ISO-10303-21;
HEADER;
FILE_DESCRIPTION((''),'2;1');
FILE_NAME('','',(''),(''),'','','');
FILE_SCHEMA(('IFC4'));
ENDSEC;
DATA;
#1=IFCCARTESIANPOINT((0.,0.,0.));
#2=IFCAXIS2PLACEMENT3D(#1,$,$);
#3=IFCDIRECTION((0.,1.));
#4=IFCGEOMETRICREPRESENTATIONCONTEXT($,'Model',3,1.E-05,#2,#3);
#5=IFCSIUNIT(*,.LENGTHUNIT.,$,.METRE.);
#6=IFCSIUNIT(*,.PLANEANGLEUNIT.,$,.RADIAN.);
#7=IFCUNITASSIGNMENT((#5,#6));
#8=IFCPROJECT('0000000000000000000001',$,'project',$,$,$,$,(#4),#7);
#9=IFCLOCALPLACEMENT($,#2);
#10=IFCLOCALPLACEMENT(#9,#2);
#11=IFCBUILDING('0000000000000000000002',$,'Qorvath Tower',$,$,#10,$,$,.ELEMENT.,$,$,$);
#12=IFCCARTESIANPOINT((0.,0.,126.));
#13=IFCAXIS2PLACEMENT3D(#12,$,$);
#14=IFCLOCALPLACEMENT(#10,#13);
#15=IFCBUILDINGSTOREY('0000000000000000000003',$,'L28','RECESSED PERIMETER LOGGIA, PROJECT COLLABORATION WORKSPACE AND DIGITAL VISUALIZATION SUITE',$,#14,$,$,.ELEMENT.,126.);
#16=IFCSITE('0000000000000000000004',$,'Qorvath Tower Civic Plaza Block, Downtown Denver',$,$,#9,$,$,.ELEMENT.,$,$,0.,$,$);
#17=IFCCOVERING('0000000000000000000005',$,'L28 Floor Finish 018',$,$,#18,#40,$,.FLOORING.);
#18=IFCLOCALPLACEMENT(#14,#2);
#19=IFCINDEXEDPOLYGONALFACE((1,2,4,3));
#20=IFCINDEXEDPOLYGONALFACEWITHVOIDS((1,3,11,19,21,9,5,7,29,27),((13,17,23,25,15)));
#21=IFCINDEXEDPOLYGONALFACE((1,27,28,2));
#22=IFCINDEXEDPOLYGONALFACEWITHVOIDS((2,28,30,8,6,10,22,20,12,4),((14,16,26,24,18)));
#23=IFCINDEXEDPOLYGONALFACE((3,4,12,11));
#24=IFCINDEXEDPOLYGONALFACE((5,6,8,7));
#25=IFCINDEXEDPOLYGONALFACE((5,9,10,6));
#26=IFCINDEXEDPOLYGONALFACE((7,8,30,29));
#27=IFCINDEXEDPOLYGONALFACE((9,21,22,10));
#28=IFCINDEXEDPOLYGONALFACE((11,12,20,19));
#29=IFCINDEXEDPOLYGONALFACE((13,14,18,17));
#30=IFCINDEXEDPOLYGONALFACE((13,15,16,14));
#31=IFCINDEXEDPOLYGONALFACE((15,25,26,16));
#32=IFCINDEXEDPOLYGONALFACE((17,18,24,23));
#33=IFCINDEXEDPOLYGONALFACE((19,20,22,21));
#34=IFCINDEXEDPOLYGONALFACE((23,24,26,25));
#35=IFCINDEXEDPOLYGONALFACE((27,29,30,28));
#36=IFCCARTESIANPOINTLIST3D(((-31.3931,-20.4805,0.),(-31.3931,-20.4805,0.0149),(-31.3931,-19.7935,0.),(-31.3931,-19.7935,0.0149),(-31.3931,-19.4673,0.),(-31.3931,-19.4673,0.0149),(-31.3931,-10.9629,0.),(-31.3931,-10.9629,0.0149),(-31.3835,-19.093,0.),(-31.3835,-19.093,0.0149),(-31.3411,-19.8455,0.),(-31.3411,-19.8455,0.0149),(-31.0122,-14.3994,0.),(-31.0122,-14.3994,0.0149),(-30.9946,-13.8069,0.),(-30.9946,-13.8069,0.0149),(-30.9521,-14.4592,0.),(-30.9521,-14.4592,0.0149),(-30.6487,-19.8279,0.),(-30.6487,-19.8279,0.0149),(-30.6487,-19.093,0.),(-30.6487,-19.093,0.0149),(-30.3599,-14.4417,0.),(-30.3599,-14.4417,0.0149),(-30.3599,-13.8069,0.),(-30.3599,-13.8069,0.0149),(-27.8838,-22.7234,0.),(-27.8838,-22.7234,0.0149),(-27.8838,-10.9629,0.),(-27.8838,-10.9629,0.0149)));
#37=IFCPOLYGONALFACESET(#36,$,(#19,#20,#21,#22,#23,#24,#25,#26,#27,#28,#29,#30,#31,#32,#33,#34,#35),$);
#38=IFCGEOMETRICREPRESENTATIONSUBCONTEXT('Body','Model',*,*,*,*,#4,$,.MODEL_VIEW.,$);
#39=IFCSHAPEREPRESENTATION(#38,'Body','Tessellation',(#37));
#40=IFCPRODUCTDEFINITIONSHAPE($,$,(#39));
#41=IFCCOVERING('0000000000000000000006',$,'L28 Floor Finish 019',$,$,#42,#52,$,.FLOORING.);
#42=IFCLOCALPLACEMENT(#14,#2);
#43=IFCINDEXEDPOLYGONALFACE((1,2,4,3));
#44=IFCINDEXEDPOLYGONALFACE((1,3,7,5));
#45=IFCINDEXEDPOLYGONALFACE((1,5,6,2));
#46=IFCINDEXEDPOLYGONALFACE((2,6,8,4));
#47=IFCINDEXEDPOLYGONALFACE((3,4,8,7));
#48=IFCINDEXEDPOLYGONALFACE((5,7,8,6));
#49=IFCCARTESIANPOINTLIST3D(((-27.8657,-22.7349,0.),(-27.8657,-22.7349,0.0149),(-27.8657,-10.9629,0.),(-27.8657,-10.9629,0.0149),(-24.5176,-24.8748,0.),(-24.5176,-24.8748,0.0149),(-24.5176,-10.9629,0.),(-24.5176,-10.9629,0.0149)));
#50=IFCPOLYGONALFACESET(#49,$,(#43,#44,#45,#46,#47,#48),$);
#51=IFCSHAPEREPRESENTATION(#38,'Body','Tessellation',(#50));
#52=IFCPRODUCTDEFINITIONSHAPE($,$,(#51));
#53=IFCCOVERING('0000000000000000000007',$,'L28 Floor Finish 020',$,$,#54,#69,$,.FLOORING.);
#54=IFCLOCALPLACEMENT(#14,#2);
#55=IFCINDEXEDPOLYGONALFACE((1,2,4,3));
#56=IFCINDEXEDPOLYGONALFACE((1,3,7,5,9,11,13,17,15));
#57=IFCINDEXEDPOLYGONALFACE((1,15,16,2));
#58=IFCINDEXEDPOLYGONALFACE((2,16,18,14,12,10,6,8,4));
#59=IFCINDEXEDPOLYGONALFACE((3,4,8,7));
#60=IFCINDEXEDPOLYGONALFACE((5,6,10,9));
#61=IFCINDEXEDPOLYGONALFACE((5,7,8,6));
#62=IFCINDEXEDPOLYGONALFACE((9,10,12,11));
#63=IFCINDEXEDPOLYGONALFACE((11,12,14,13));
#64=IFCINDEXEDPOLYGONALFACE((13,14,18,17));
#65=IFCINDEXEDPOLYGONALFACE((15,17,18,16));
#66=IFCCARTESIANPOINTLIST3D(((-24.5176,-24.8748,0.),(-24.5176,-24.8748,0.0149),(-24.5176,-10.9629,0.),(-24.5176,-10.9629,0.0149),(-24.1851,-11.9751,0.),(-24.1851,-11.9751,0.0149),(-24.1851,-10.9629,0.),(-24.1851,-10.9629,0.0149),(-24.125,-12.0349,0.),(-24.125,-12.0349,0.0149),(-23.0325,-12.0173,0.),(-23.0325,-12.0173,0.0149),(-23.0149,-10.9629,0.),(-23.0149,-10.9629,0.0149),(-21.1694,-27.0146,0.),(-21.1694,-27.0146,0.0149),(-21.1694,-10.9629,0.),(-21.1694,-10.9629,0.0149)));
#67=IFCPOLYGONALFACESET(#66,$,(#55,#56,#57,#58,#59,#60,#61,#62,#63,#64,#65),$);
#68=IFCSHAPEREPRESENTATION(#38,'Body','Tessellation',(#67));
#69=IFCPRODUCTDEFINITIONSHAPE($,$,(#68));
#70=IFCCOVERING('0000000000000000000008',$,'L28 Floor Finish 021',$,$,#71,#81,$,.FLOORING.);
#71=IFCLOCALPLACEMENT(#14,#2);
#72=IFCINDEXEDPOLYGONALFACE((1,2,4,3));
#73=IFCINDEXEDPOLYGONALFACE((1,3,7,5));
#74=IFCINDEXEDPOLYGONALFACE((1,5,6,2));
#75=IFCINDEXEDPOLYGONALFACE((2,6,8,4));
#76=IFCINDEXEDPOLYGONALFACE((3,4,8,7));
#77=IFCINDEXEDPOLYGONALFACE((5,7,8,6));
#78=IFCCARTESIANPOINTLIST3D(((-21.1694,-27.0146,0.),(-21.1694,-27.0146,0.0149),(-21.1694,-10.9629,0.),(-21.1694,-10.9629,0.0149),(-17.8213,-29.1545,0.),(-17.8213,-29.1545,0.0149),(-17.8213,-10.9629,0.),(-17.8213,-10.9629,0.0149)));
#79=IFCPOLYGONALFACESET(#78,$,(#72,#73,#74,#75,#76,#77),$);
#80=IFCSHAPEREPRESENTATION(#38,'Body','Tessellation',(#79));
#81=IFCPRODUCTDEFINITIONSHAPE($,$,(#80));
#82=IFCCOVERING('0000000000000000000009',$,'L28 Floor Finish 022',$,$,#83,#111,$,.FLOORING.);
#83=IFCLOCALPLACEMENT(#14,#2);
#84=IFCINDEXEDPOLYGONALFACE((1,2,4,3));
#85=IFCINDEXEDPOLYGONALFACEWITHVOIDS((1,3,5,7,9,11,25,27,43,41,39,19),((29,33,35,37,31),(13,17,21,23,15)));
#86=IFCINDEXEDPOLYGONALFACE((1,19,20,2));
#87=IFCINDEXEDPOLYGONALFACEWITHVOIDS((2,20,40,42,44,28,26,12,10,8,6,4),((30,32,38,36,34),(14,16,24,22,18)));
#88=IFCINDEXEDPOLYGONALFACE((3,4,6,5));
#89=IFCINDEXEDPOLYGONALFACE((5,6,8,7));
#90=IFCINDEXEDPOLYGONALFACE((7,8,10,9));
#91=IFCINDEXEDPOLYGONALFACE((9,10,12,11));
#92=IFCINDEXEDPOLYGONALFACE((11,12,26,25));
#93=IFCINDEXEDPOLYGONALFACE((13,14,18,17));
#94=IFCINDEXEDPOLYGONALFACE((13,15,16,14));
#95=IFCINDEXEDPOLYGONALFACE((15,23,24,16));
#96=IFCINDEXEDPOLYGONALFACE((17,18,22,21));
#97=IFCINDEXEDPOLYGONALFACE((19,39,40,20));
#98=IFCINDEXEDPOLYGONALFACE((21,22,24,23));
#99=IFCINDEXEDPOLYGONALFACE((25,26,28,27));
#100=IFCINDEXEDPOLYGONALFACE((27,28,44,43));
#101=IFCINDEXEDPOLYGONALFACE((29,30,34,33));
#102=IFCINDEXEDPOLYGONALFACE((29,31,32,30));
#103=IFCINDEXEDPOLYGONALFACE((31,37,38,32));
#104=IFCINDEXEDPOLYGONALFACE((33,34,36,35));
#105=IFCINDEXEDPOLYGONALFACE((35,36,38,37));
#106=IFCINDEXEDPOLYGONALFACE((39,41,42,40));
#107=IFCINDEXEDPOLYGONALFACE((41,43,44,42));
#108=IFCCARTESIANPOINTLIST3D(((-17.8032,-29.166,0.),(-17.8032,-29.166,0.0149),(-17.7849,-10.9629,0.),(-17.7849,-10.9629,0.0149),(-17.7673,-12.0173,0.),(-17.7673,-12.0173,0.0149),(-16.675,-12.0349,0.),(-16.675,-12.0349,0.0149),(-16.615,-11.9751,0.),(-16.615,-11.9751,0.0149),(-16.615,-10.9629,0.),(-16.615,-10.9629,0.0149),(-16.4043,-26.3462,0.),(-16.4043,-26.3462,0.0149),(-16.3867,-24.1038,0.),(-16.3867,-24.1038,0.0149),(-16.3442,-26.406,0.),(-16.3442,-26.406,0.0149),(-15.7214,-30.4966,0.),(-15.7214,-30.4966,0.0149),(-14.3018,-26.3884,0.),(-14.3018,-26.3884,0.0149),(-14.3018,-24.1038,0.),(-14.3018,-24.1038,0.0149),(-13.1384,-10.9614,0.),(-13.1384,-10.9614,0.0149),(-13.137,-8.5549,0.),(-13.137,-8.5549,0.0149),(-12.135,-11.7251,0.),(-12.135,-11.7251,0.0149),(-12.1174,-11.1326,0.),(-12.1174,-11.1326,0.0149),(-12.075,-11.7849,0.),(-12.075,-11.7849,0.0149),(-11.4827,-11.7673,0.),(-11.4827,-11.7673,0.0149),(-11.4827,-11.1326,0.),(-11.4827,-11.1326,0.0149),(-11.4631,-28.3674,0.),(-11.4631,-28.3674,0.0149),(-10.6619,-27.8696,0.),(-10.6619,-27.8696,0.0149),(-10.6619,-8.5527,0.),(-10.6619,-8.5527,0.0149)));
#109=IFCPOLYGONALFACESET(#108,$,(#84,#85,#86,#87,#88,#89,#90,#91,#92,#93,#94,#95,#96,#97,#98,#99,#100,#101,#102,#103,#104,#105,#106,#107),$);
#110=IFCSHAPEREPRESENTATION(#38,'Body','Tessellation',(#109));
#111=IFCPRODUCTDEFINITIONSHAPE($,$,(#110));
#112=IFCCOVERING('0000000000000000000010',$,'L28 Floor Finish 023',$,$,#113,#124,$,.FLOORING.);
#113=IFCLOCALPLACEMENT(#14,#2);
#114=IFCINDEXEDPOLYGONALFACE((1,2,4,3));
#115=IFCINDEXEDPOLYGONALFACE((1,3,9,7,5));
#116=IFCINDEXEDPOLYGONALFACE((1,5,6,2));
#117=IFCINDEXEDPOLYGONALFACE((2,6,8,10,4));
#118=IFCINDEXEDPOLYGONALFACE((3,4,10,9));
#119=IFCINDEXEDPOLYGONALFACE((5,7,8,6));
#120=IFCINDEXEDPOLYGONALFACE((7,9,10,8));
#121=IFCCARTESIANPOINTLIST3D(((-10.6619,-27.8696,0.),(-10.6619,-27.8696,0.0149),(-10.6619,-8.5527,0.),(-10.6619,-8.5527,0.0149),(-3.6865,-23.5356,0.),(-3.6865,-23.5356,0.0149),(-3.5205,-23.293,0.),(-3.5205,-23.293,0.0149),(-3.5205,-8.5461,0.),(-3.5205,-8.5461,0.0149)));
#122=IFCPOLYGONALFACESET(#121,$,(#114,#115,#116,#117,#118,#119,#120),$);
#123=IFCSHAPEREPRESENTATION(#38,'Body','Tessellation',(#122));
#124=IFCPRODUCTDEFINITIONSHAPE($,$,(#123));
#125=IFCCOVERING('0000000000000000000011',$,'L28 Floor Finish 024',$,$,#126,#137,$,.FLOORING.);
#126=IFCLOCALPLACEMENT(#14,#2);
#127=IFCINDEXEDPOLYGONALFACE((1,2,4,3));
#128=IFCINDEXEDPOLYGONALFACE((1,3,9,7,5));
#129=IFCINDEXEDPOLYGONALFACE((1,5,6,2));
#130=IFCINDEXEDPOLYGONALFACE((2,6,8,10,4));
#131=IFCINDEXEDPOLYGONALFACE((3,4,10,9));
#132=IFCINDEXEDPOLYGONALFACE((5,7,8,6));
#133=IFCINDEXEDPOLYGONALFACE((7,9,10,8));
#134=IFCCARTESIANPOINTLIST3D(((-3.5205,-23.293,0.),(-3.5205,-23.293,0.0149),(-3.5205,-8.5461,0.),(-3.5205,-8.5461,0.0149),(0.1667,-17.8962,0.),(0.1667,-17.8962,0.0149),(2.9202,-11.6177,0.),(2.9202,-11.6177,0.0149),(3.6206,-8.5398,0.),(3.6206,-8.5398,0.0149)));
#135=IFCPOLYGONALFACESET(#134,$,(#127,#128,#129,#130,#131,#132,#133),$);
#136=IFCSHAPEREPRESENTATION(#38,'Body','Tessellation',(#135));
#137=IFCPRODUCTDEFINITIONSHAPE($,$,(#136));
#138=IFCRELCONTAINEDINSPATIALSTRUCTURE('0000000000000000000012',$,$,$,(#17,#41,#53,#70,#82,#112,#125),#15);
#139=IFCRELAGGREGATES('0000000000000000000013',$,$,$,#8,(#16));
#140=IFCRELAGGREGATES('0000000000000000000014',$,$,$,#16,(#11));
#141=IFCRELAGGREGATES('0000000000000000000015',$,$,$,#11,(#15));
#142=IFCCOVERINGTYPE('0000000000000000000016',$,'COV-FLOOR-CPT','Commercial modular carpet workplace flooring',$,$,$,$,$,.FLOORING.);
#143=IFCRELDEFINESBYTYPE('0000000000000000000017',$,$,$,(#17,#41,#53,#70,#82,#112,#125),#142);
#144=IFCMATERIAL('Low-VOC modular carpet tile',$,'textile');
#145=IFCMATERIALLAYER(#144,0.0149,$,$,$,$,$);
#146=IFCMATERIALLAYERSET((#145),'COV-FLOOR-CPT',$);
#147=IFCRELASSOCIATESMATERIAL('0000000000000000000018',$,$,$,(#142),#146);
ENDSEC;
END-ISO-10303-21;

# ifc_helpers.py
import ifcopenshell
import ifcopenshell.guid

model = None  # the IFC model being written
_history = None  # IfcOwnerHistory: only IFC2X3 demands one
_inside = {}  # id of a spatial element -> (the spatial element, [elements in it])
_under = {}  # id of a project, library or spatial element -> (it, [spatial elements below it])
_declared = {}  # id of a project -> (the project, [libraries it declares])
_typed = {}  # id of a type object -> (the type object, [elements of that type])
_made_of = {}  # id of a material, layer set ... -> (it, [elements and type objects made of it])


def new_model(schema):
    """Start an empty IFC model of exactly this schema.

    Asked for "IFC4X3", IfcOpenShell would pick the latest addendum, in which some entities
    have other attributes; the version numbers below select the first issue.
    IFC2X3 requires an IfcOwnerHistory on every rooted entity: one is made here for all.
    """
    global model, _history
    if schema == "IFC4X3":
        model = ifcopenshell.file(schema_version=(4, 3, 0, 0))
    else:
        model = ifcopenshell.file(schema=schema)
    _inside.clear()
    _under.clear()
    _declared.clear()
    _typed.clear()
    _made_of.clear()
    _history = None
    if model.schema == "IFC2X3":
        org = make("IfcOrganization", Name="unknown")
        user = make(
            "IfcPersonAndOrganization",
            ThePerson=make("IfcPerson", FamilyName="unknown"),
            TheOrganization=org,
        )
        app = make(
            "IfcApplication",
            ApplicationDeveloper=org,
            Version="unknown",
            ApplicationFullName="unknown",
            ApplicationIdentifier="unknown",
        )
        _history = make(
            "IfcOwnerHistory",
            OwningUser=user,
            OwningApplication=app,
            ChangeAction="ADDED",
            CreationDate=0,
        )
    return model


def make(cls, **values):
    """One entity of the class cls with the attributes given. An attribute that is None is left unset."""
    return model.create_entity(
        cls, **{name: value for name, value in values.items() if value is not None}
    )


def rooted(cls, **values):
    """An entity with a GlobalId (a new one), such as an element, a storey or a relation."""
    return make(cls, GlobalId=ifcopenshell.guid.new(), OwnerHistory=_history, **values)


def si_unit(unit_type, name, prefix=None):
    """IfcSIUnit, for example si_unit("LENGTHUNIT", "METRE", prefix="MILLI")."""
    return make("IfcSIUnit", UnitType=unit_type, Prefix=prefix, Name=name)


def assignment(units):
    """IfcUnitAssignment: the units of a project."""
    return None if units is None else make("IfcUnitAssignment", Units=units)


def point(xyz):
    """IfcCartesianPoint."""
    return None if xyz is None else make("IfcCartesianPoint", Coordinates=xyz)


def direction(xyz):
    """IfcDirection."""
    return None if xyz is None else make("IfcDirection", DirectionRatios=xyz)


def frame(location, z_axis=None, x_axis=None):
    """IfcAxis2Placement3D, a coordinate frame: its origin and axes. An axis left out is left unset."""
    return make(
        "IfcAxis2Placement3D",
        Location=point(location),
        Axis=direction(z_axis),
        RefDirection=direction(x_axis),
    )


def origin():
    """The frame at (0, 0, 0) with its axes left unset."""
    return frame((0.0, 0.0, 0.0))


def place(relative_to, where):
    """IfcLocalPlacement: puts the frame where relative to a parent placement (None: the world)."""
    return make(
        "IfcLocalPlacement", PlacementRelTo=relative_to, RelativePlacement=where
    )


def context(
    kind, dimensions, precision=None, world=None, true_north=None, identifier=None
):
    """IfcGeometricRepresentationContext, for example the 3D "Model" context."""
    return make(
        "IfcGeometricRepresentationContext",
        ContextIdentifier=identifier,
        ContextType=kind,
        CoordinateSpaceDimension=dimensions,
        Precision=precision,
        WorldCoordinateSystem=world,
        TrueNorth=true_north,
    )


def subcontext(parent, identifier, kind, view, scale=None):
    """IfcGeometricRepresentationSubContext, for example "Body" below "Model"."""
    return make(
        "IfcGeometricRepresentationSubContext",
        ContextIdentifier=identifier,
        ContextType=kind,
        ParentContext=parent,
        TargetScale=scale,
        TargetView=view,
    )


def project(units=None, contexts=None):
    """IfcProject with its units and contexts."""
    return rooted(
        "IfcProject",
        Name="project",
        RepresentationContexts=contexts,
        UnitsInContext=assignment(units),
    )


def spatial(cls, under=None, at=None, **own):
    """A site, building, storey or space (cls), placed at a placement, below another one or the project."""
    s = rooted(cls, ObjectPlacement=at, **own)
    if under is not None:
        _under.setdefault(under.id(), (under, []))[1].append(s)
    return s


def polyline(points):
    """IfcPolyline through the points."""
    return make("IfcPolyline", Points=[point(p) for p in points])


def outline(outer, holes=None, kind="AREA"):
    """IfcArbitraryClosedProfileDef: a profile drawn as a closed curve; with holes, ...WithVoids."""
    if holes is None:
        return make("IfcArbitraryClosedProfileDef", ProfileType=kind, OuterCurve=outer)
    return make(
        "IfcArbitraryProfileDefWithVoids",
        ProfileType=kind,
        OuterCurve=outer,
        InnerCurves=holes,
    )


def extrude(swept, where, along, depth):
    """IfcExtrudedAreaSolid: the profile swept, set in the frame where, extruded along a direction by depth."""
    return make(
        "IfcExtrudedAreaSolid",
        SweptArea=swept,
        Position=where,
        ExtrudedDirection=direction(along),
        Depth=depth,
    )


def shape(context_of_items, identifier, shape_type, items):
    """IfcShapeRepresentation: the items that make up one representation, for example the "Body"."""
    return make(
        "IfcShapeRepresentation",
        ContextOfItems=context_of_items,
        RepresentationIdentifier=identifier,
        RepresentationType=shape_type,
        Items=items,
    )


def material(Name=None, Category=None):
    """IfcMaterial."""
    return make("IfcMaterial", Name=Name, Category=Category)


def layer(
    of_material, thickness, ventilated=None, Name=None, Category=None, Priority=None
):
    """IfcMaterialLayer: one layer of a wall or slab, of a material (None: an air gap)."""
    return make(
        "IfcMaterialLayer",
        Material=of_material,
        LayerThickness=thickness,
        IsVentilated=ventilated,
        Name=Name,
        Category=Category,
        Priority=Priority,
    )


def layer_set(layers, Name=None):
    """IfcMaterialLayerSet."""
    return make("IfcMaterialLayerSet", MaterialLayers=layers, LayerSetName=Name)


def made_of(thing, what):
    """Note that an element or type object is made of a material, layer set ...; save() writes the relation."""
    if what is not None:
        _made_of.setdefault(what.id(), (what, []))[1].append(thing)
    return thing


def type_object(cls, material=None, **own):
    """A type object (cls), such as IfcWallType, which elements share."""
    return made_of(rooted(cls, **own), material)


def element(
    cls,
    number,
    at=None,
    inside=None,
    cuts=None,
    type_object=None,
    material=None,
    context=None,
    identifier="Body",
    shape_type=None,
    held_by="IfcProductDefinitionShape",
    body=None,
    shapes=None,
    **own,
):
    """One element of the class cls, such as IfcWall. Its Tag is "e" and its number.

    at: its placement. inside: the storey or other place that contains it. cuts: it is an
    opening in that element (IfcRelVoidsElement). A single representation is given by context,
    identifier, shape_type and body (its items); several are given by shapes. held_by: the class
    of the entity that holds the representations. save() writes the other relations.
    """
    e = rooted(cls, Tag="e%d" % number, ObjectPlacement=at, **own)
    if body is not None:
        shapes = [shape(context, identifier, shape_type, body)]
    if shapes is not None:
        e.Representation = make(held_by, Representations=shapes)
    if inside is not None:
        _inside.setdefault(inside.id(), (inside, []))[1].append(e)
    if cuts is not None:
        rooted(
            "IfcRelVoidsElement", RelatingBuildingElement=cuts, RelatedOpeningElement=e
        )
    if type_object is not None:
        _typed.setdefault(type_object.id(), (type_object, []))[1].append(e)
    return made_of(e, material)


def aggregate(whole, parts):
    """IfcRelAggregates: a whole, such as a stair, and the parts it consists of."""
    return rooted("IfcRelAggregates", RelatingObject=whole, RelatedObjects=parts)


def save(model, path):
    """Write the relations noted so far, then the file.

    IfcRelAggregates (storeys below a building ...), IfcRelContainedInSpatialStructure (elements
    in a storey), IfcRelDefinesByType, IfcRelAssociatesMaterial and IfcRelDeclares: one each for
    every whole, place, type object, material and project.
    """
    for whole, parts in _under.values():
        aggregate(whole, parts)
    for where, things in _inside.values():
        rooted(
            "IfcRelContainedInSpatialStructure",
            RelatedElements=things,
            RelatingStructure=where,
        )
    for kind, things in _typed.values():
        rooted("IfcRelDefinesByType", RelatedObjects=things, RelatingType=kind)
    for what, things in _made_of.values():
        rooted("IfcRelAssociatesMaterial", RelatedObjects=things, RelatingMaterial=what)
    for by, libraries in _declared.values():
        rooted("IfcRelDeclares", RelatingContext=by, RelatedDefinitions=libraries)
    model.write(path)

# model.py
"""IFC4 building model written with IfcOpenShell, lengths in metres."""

from ifc_helpers import new_model, si_unit, direction, frame, origin, place, context, subcontext, project, spatial, polyline, outline, extrude, material, layer, layer_set, type_object, element, save


model = new_model("IFC4")

# Units and contexts
model_context = context("Model", 3, precision=1e-05, world=origin(), true_north=direction((0.0, 1.0)))
body_context = subcontext(model_context, "Body", "Model", "MODEL_VIEW")
ifc_project = project(units=[si_unit("LENGTHUNIT", "METRE"), si_unit("PLANEANGLEUNIT", "RADIAN")], contexts=[model_context])

# Site, building, storey
site_placement = place(None, origin())
site = spatial("IfcSite", under=ifc_project, at=site_placement, Name="Qorvath Tower Civic Plaza Block, Downtown Denver", CompositionType="ELEMENT", RefElevation=0.0)
building_placement = place(site_placement, origin())
building = spatial("IfcBuilding", under=site, at=building_placement, Name="Qorvath Tower", CompositionType="ELEMENT")
storey_placement = place(building_placement, frame((0.0, 0.0, 126.0)))
storey = spatial("IfcBuildingStorey", under=building, at=storey_placement, Name="L28", Description="RECESSED PERIMETER LOGGIA, PROJECT COLLABORATION WORKSPACE AND DIGITAL VISUALIZATION SUITE", CompositionType="ELEMENT", Elevation=126.0)

# Coverings
ifc_material_1 = material(Name="Low-VOC modular carpet tile", Category="textile")
ifc_layer_1 = layer(ifc_material_1, 0.0149)
ifc_layer_set_1 = layer_set([ifc_layer_1], Name="COV-FLOOR-CPT")
covering_type_1 = type_object("IfcCoveringType", Name="COV-FLOOR-CPT", Description="Commercial modular carpet workplace flooring", PredefinedType="FLOORING", material=ifc_layer_set_1)
covering_1_placement = place(storey_placement, origin())
element("IfcCovering", 1, at=covering_1_placement, inside=storey, type_object=covering_type_1, Name="L28 Floor Finish 018", PredefinedType="FLOORING", context=body_context, shape_type="SweptSolid", body=[
    extrude(outline(polyline([(-31.3931, -10.9629), (-31.3931, -19.4673), (-31.3835, -19.093), (-30.6487, -19.093), (-30.6487, -19.8279), (-31.3411, -19.8455), (-31.3931, -19.7935), (-31.3931, -20.4805), (-27.8838, -22.7234), (-27.8838, -10.9629), (-31.3931, -10.9629)]), holes=[polyline([(-31.0122, -14.3994), (-30.9946, -13.8069), (-30.3599, -13.8069), (-30.3599, -14.4417), (-30.9521, -14.4592), (-31.0122, -14.3994)])]), origin(), (0.0, 0.0, 1.0), 0.0149),
])
covering_2_placement = place(storey_placement, origin())
element("IfcCovering", 2, at=covering_2_placement, inside=storey, type_object=covering_type_1, Name="L28 Floor Finish 019", PredefinedType="FLOORING", context=body_context, shape_type="SweptSolid", body=[
    extrude(outline(polyline([(-24.5176, -24.8748), (-24.5176, -10.9629), (-27.8657, -10.9629), (-27.8657, -22.7349), (-24.5176, -24.8748)])), origin(), (0.0, 0.0, 1.0), 0.0149),
])
covering_3_placement = place(storey_placement, origin())
element("IfcCovering", 3, at=covering_3_placement, inside=storey, type_object=covering_type_1, Name="L28 Floor Finish 020", PredefinedType="FLOORING", context=body_context, shape_type="SweptSolid", body=[
    extrude(outline(polyline([(-21.1694, -27.0146), (-21.1694, -10.9629), (-23.0149, -10.9629), (-23.0325, -12.0173), (-24.125, -12.0349), (-24.1851, -11.9751), (-24.1851, -10.9629), (-24.5176, -10.9629), (-24.5176, -24.8748), (-21.1694, -27.0146)])), origin(), (0.0, 0.0, 1.0), 0.0149),
])
covering_4_placement = place(storey_placement, origin())
element("IfcCovering", 4, at=covering_4_placement, inside=storey, type_object=covering_type_1, Name="L28 Floor Finish 021", PredefinedType="FLOORING", context=body_context, shape_type="SweptSolid", body=[
    extrude(outline(polyline([(-17.8213, -29.1545), (-17.8213, -10.9629), (-21.1694, -10.9629), (-21.1694, -27.0146), (-17.8213, -29.1545)])), origin(), (0.0, 0.0, 1.0), 0.0149),
])
covering_5_placement = place(storey_placement, origin())
element("IfcCovering", 5, at=covering_5_placement, inside=storey, type_object=covering_type_1, Name="L28 Floor Finish 022", PredefinedType="FLOORING", context=body_context, shape_type="SweptSolid", body=[
    extrude(outline(polyline([(-17.7849, -10.9629), (-17.8032, -29.166), (-15.7214, -30.4966), (-11.4631, -28.3674), (-10.6619, -27.8696), (-10.6619, -8.5527), (-13.137, -8.5549), (-13.1384, -10.9614), (-16.615, -10.9629), (-16.615, -11.9751), (-16.675, -12.0349), (-17.7673, -12.0173), (-17.7849, -10.9629)]), holes=[polyline([(-12.135, -11.7251), (-12.1174, -11.1326), (-11.4827, -11.1326), (-11.4827, -11.7673), (-12.075, -11.7849), (-12.135, -11.7251)]), polyline([(-16.4043, -26.3462), (-16.3867, -24.1038), (-14.3018, -24.1038), (-14.3018, -26.3884), (-16.3442, -26.406), (-16.4043, -26.3462)])]), origin(), (0.0, 0.0, 1.0), 0.0149),
])
covering_6_placement = place(storey_placement, origin())
element("IfcCovering", 6, at=covering_6_placement, inside=storey, type_object=covering_type_1, Name="L28 Floor Finish 023", PredefinedType="FLOORING", context=body_context, shape_type="SweptSolid", body=[
    extrude(outline(polyline([(-10.6619, -8.5527), (-10.6619, -27.8696), (-3.6865, -23.5356), (-3.5205, -23.293), (-3.5205, -8.5461), (-10.6619, -8.5527)])), origin(), (0.0, 0.0, 1.0), 0.0149),
])
covering_7_placement = place(storey_placement, origin())
element("IfcCovering", 7, at=covering_7_placement, inside=storey, type_object=covering_type_1, Name="L28 Floor Finish 024", PredefinedType="FLOORING", context=body_context, shape_type="SweptSolid", body=[
    extrude(outline(polyline([(-3.5205, -8.5461), (-3.5205, -23.293), (0.1667, -17.8962), (2.9202, -11.6177), (3.6206, -8.5398), (-3.5205, -8.5461)])), origin(), (0.0, 0.0, 1.0), 0.0149),
])

save(model, "model.ifc")
